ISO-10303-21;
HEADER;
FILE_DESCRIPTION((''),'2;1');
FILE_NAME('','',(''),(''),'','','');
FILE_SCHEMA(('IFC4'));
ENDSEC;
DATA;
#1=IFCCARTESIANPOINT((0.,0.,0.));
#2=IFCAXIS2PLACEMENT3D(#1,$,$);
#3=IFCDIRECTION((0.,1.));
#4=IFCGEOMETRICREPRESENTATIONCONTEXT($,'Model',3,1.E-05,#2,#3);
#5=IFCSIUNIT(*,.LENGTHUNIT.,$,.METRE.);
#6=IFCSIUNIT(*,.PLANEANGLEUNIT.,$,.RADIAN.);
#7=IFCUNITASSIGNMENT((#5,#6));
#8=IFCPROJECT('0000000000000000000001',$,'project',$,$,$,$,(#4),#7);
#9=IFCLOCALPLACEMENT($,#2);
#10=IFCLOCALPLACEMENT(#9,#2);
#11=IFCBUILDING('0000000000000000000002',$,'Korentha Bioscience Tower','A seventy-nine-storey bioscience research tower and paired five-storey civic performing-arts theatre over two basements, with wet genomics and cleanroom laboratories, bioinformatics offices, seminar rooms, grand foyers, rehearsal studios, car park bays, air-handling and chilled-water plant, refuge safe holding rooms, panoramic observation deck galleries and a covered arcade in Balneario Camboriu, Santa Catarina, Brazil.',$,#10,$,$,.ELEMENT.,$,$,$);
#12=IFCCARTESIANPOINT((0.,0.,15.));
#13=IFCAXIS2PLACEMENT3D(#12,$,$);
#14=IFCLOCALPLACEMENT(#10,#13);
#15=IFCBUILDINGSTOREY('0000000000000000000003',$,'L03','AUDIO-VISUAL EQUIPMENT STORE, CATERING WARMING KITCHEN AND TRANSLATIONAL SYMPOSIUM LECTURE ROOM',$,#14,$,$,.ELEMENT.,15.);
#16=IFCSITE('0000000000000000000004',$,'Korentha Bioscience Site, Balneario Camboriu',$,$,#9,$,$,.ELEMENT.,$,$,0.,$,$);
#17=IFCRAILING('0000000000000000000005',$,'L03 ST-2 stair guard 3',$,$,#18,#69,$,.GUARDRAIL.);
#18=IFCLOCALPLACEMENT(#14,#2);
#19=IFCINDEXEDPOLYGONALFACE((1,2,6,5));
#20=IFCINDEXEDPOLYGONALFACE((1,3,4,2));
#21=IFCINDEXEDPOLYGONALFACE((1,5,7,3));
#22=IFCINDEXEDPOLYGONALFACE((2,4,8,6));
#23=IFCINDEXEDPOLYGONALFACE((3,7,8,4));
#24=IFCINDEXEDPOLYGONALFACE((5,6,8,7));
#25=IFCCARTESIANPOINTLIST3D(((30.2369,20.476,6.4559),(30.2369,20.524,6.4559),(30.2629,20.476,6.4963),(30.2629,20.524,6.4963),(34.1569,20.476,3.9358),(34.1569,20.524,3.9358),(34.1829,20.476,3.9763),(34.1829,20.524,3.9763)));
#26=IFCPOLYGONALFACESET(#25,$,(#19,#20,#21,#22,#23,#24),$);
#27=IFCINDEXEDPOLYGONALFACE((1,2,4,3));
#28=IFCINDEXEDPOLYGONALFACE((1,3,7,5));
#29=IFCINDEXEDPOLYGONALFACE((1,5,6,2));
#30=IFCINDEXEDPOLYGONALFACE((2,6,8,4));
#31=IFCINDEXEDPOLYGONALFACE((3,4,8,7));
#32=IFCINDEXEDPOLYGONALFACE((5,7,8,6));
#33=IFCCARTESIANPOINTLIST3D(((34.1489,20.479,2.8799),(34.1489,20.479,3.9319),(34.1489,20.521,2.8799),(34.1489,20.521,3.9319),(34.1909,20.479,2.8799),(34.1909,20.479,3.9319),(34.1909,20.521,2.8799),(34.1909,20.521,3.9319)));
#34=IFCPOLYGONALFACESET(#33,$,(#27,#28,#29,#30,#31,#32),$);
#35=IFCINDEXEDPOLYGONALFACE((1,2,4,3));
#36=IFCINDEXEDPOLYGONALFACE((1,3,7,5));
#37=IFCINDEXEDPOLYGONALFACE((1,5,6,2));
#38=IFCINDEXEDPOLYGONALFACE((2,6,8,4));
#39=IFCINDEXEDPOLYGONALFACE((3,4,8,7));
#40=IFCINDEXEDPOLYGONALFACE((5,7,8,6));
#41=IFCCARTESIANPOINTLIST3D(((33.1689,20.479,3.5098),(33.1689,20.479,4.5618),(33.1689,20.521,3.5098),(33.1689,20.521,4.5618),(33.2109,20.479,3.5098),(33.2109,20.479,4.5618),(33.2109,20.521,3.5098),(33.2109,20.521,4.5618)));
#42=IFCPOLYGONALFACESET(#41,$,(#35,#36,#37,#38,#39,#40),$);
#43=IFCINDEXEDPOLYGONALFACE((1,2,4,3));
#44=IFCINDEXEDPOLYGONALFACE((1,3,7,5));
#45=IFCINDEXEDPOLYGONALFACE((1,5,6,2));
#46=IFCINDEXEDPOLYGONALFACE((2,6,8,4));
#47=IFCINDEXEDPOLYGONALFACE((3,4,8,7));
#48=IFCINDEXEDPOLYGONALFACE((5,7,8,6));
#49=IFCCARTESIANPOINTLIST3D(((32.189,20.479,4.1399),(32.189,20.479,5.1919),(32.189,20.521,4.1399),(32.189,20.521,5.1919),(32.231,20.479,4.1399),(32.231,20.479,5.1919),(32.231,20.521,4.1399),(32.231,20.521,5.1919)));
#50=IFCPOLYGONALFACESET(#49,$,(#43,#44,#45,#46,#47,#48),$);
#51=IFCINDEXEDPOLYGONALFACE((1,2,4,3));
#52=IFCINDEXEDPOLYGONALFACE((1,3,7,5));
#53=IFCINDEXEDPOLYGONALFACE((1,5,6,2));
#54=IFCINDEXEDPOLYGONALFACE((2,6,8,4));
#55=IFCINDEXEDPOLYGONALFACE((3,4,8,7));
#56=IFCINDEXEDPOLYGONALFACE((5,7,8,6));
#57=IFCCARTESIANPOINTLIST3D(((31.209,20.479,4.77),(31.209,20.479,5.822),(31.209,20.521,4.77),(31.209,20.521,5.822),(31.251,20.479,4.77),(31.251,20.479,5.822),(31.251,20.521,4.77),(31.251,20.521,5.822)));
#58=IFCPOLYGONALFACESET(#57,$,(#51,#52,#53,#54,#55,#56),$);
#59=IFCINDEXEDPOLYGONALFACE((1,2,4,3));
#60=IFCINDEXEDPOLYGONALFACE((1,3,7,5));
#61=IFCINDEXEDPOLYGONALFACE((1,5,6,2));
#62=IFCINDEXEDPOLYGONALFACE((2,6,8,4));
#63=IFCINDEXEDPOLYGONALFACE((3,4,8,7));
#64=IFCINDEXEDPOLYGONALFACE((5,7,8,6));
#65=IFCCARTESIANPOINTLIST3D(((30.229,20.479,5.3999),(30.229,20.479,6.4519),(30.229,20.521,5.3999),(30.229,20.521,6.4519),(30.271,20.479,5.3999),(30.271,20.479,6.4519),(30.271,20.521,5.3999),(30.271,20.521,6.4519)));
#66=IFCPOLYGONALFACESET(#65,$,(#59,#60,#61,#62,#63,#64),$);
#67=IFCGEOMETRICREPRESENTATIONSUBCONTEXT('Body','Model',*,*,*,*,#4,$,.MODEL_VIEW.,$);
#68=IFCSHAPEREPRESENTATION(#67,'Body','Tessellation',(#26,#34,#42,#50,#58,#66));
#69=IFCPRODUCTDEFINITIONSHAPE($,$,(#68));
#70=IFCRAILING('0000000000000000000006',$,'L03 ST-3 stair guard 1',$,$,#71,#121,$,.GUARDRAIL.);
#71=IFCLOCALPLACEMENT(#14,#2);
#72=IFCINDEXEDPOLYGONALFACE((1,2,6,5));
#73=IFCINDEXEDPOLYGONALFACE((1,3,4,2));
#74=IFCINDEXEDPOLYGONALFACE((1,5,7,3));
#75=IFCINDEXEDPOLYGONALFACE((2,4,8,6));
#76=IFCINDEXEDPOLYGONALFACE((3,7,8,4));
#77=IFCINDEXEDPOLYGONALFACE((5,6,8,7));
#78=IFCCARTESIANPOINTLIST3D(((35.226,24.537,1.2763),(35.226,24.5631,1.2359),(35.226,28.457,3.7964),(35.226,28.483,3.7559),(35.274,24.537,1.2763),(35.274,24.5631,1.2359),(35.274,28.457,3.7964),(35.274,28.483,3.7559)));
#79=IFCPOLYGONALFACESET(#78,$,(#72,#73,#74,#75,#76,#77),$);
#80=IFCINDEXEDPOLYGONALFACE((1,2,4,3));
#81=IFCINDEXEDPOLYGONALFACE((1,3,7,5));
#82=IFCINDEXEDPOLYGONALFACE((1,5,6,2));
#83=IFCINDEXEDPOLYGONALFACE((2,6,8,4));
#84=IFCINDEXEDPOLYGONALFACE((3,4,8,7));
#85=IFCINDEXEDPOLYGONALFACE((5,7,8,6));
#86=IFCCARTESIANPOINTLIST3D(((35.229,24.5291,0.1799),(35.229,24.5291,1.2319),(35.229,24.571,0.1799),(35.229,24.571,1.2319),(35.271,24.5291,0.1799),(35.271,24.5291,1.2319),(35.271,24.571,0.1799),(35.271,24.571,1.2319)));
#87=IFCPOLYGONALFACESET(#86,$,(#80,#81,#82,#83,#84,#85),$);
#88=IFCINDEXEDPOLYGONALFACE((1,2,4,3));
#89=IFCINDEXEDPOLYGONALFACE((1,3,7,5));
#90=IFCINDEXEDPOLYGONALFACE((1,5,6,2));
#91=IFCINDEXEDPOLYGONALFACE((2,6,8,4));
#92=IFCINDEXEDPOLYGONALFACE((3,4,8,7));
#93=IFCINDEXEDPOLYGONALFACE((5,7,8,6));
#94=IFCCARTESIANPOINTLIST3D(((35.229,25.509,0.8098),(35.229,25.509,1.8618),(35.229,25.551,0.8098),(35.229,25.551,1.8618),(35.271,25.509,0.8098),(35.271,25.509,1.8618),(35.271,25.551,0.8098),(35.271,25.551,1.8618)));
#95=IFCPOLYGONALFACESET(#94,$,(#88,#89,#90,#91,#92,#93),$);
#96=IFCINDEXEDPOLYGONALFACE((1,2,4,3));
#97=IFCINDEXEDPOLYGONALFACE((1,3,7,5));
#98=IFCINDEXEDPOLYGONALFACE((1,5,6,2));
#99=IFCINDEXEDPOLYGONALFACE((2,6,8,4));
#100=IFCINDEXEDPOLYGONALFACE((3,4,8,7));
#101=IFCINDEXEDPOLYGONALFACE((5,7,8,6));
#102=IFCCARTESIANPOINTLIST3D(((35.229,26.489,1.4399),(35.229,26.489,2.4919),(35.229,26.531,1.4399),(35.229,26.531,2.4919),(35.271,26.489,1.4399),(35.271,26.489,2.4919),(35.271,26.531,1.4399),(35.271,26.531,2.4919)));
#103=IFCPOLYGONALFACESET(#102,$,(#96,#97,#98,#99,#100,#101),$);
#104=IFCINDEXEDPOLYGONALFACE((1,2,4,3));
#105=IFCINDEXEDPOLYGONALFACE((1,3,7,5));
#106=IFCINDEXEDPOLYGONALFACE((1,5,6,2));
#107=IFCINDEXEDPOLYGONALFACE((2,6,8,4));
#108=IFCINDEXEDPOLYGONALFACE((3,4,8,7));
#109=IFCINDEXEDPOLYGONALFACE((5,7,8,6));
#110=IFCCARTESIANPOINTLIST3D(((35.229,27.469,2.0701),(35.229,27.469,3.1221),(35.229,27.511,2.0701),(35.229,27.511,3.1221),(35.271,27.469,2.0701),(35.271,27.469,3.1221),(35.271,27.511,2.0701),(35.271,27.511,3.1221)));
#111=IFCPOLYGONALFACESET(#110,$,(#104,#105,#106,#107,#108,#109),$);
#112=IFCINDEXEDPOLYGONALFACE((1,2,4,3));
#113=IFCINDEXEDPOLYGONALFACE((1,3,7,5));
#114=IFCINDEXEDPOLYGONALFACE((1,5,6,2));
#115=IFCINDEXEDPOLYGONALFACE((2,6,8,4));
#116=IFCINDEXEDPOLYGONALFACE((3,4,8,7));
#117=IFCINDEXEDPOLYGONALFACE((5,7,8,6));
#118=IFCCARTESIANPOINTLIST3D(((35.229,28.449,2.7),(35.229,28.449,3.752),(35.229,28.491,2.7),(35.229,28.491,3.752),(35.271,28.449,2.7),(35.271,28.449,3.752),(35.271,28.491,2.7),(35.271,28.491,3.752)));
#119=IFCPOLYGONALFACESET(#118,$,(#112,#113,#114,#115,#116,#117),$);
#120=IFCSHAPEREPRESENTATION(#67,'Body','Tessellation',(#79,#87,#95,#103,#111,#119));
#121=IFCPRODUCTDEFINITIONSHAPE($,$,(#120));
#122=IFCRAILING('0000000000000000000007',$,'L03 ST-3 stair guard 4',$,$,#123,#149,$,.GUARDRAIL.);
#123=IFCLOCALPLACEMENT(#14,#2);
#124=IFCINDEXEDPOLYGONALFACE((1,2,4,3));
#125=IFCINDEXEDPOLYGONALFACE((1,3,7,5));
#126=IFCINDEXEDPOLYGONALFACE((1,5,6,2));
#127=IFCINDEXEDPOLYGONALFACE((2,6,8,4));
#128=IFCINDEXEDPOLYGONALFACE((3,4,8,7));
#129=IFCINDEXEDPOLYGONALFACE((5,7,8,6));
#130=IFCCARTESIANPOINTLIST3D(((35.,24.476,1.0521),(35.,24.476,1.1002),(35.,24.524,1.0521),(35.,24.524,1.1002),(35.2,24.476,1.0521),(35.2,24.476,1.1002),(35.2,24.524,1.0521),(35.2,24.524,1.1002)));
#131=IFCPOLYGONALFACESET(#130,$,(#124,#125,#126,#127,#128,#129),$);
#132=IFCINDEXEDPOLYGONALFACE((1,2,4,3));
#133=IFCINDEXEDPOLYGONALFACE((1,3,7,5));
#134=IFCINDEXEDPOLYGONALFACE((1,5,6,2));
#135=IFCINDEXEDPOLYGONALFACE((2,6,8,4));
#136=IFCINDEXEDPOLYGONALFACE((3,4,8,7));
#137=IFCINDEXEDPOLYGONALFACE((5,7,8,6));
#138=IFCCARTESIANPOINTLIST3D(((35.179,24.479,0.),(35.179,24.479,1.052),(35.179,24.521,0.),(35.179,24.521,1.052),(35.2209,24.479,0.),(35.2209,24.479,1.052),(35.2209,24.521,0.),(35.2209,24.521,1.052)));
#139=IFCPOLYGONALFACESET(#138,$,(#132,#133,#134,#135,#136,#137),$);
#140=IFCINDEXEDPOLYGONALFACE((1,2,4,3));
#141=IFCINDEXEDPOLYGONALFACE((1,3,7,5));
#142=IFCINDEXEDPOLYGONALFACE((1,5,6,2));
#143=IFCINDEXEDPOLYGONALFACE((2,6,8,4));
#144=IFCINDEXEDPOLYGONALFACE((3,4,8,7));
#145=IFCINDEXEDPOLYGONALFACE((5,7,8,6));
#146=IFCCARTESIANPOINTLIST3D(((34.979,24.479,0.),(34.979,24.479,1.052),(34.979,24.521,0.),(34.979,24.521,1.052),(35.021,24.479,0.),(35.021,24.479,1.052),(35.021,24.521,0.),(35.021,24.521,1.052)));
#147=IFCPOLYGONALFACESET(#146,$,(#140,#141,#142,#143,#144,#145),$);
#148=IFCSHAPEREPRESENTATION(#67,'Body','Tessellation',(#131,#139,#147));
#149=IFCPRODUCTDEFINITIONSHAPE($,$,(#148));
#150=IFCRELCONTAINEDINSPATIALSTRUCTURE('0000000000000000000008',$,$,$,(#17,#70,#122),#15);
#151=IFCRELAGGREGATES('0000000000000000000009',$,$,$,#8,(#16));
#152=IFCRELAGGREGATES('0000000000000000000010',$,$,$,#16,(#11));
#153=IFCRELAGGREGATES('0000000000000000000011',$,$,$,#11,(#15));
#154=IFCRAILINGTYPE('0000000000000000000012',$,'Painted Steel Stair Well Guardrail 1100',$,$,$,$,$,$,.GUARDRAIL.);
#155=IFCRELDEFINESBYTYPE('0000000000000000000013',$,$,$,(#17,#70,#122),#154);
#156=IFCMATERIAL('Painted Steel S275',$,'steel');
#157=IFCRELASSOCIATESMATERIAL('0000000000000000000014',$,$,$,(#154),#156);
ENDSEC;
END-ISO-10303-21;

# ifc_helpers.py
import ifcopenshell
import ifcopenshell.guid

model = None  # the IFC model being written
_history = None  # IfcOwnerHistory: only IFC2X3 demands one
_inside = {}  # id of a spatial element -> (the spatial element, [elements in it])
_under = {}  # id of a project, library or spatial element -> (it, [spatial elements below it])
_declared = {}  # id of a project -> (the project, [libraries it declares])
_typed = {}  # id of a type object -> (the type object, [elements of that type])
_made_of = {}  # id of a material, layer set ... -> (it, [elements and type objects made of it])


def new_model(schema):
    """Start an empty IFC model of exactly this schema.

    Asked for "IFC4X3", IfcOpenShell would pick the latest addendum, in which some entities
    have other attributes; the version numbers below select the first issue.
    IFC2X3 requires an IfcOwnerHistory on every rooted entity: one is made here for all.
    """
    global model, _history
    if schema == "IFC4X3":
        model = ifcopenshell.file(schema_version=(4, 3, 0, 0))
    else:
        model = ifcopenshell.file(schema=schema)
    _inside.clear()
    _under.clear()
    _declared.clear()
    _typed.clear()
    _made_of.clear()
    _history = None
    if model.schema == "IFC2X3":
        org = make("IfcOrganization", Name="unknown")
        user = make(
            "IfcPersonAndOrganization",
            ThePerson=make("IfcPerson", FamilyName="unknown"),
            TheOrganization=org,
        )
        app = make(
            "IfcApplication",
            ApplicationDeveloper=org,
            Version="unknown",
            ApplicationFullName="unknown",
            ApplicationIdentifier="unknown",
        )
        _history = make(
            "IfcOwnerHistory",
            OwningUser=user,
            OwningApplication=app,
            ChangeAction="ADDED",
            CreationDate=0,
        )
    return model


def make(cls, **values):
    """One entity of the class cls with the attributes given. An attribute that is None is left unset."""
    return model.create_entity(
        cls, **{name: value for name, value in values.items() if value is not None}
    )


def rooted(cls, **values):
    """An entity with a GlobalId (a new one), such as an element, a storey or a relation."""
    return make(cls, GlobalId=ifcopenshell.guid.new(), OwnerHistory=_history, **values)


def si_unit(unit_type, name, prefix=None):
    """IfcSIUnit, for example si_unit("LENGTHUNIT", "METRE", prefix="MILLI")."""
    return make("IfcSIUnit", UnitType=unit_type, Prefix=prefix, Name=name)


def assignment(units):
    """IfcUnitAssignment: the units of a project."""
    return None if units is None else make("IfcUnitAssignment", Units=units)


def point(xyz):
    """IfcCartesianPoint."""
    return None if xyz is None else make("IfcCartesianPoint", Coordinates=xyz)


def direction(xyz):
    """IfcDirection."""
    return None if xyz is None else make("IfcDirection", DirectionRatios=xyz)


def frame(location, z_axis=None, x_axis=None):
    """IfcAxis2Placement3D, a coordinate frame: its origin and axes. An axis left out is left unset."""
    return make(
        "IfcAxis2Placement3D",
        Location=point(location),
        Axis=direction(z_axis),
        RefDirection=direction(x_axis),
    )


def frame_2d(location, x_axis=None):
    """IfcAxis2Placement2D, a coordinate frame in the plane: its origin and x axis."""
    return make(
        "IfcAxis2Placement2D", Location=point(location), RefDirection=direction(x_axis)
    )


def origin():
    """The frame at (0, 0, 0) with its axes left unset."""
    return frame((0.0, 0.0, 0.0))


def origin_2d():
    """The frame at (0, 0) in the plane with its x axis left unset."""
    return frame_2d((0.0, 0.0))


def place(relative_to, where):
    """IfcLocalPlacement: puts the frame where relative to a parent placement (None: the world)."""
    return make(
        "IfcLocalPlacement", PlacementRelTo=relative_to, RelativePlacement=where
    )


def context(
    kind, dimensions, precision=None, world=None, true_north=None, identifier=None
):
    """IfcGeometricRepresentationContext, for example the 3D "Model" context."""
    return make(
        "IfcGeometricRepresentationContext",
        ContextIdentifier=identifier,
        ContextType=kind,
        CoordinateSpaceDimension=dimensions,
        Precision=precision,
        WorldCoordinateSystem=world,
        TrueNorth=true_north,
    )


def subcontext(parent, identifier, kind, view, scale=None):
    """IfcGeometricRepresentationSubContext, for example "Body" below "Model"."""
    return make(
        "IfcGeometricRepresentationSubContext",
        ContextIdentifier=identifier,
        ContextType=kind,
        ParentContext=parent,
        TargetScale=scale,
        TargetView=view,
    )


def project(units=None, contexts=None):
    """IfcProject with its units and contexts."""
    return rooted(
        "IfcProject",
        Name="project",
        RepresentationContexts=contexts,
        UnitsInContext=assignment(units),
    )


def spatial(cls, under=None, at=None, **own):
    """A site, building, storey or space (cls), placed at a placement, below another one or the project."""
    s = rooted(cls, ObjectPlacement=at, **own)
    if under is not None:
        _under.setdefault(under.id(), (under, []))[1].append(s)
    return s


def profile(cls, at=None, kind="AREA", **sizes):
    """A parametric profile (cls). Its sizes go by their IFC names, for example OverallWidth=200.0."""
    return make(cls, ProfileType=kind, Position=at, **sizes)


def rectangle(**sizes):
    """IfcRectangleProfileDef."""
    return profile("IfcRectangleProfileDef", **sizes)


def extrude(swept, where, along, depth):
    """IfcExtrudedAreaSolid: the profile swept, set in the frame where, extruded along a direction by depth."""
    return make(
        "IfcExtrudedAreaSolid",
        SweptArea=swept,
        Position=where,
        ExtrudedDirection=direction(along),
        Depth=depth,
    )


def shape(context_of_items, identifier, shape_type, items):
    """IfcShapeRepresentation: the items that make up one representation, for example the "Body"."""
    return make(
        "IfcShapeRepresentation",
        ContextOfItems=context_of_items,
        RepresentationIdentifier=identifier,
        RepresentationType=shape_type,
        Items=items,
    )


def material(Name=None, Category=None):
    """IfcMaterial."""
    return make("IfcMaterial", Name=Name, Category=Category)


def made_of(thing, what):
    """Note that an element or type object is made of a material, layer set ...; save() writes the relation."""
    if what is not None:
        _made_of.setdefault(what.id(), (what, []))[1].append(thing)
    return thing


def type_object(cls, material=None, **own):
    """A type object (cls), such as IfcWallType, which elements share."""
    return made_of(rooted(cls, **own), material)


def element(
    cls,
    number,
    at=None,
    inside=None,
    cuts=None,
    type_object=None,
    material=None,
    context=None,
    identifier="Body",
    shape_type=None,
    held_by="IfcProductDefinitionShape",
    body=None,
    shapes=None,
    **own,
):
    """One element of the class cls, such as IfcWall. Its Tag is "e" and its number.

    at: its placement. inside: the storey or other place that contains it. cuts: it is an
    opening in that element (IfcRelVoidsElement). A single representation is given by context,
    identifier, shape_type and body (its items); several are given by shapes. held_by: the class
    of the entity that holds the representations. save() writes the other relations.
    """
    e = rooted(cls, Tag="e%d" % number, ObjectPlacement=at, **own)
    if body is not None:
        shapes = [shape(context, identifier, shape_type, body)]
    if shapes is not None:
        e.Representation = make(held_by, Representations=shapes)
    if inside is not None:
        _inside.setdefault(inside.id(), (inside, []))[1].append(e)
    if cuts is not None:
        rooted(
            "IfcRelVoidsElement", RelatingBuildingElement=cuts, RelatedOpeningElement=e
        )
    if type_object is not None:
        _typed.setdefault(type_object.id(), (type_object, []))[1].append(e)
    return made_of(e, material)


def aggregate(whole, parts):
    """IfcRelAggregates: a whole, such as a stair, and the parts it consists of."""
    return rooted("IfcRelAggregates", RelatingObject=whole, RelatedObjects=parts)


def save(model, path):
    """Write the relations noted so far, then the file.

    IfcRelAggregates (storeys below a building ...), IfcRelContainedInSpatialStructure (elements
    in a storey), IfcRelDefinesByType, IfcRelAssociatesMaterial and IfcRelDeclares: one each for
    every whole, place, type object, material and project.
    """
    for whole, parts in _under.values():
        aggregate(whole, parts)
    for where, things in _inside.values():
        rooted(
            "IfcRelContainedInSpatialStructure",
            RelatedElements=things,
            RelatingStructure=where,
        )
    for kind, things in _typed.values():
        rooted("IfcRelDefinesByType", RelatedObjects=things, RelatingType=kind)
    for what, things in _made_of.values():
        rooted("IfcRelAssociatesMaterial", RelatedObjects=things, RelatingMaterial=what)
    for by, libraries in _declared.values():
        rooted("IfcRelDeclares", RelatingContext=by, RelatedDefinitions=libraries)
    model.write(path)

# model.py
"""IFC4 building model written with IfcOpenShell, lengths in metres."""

from ifc_helpers import new_model, si_unit, direction, frame, origin, origin_2d, place, context, subcontext, project, spatial, rectangle, extrude, material, type_object, element, save


model = new_model("IFC4")

# Units and contexts
model_context = context("Model", 3, precision=1e-05, world=origin(), true_north=direction((0.0, 1.0)))
body_context = subcontext(model_context, "Body", "Model", "MODEL_VIEW")
ifc_project = project(units=[si_unit("LENGTHUNIT", "METRE"), si_unit("PLANEANGLEUNIT", "RADIAN")], contexts=[model_context])

# Site, building, storey
site_placement = place(None, origin())
site = spatial("IfcSite", under=ifc_project, at=site_placement, Name="Korentha Bioscience Site, Balneario Camboriu", CompositionType="ELEMENT", RefElevation=0.0)
building_placement = place(site_placement, origin())
building = spatial("IfcBuilding", under=site, at=building_placement, Name="Korentha Bioscience Tower", Description="A seventy-nine-storey bioscience research tower and paired five-storey civic performing-arts theatre over two basements, with wet genomics and cleanroom laboratories, bioinformatics offices, seminar rooms, grand foyers, rehearsal studios, car park bays, air-handling and chilled-water plant, refuge safe holding rooms, panoramic observation deck galleries and a covered arcade in Balneario Camboriu, Santa Catarina, Brazil.", CompositionType="ELEMENT")
storey_placement = place(building_placement, frame((0.0, 0.0, 15.0)))
storey = spatial("IfcBuildingStorey", under=building, at=storey_placement, Name="L03", Description="AUDIO-VISUAL EQUIPMENT STORE, CATERING WARMING KITCHEN AND TRANSLATIONAL SYMPOSIUM LECTURE ROOM", CompositionType="ELEMENT", Elevation=15.0)

# Railings
ifc_material_1 = material(Name="Painted Steel S275", Category="steel")
railing_type_1 = type_object("IfcRailingType", Name="Painted Steel Stair Well Guardrail 1100", PredefinedType="GUARDRAIL", material=ifc_material_1)
railing_1_placement = place(storey_placement, frame((34.1699, 20.5, 2.8799)))
element("IfcRailing", 1, at=railing_1_placement, inside=storey, type_object=railing_type_1, Name="L03 ST-2 stair guard 3", PredefinedType="GUARDRAIL", context=body_context, shape_type="SweptSolid", body=[
    extrude(rectangle(XDim=0.0481, YDim=0.0481, at=origin_2d()), frame((0.0, 0.0, 1.0762), z_axis=(-0.841172, 0.0, 0.540768), x_axis=(0.0, -1.0, 0.0)), (0.0, 0.0, 1.0), 4.6602),
    extrude(rectangle(XDim=0.042, YDim=0.042, at=origin_2d()), origin(), (0.0, 0.0, 1.0), 1.052),
    extrude(rectangle(XDim=0.042, YDim=0.042, at=origin_2d()), frame((-0.98, 0.0, 0.6299)), (0.0, 0.0, 1.0), 1.052),
    extrude(rectangle(XDim=0.042, YDim=0.042, at=origin_2d()), frame((-1.96, 0.0, 1.26)), (0.0, 0.0, 1.0), 1.052),
    extrude(rectangle(XDim=0.042, YDim=0.042, at=origin_2d()), frame((-2.9399, 0.0, 1.8901)), (0.0, 0.0, 1.0), 1.052),
    extrude(rectangle(XDim=0.042, YDim=0.042, at=origin_2d()), frame((-3.9199, 0.0, 2.52)), (0.0, 0.0, 1.0), 1.052),
])
railing_2_placement = place(storey_placement, frame((35.25, 24.55, 0.1799)))
element("IfcRailing", 2, at=railing_2_placement, inside=storey, type_object=railing_type_1, Name="L03 ST-3 stair guard 1", PredefinedType="GUARDRAIL", context=body_context, shape_type="SweptSolid", body=[
    extrude(rectangle(XDim=0.0481, YDim=0.0481, at=origin_2d()), frame((0.0, 0.0, 1.0762), z_axis=(0.0, 0.841172, 0.540768), x_axis=(-1.0, 0.0, 0.0)), (0.0, 0.0, 1.0), 4.6602),
    extrude(rectangle(XDim=0.042, YDim=0.042, at=origin_2d()), origin(), (0.0, 0.0, 1.0), 1.052),
    extrude(rectangle(XDim=0.042, YDim=0.042, at=origin_2d()), frame((0.0, 0.98, 0.6299)), (0.0, 0.0, 1.0), 1.052),
    extrude(rectangle(XDim=0.042, YDim=0.042, at=origin_2d()), frame((0.0, 1.96, 1.26)), (0.0, 0.0, 1.0), 1.052),
    extrude(rectangle(XDim=0.042, YDim=0.042, at=origin_2d()), frame((0.0, 2.9399, 1.8901)), (0.0, 0.0, 1.0), 1.052),
    extrude(rectangle(XDim=0.042, YDim=0.042, at=origin_2d()), frame((0.0, 3.9199, 2.52)), (0.0, 0.0, 1.0), 1.052),
])
railing_3_placement = place(storey_placement, frame((35.2, 24.5, 0.0)))
element("IfcRailing", 3, at=railing_3_placement, inside=storey, type_object=railing_type_1, Name="L03 ST-3 stair guard 4", PredefinedType="GUARDRAIL", context=body_context, shape_type="SweptSolid", body=[
    extrude(rectangle(XDim=0.0481, YDim=0.0481, at=origin_2d()), frame((0.0, 0.0, 1.0762), z_axis=(-1.0, 0.0, 0.0), x_axis=(0.0, -1.0, 0.0)), (0.0, 0.0, 1.0), 0.2),
    extrude(rectangle(XDim=0.042, YDim=0.042, at=origin_2d()), origin(), (0.0, 0.0, 1.0), 1.052),
    extrude(rectangle(XDim=0.042, YDim=0.042, at=origin_2d()), frame((-0.2, 0.0, 0.0)), (0.0, 0.0, 1.0), 1.052),
])

save(model, "model.ifc")
